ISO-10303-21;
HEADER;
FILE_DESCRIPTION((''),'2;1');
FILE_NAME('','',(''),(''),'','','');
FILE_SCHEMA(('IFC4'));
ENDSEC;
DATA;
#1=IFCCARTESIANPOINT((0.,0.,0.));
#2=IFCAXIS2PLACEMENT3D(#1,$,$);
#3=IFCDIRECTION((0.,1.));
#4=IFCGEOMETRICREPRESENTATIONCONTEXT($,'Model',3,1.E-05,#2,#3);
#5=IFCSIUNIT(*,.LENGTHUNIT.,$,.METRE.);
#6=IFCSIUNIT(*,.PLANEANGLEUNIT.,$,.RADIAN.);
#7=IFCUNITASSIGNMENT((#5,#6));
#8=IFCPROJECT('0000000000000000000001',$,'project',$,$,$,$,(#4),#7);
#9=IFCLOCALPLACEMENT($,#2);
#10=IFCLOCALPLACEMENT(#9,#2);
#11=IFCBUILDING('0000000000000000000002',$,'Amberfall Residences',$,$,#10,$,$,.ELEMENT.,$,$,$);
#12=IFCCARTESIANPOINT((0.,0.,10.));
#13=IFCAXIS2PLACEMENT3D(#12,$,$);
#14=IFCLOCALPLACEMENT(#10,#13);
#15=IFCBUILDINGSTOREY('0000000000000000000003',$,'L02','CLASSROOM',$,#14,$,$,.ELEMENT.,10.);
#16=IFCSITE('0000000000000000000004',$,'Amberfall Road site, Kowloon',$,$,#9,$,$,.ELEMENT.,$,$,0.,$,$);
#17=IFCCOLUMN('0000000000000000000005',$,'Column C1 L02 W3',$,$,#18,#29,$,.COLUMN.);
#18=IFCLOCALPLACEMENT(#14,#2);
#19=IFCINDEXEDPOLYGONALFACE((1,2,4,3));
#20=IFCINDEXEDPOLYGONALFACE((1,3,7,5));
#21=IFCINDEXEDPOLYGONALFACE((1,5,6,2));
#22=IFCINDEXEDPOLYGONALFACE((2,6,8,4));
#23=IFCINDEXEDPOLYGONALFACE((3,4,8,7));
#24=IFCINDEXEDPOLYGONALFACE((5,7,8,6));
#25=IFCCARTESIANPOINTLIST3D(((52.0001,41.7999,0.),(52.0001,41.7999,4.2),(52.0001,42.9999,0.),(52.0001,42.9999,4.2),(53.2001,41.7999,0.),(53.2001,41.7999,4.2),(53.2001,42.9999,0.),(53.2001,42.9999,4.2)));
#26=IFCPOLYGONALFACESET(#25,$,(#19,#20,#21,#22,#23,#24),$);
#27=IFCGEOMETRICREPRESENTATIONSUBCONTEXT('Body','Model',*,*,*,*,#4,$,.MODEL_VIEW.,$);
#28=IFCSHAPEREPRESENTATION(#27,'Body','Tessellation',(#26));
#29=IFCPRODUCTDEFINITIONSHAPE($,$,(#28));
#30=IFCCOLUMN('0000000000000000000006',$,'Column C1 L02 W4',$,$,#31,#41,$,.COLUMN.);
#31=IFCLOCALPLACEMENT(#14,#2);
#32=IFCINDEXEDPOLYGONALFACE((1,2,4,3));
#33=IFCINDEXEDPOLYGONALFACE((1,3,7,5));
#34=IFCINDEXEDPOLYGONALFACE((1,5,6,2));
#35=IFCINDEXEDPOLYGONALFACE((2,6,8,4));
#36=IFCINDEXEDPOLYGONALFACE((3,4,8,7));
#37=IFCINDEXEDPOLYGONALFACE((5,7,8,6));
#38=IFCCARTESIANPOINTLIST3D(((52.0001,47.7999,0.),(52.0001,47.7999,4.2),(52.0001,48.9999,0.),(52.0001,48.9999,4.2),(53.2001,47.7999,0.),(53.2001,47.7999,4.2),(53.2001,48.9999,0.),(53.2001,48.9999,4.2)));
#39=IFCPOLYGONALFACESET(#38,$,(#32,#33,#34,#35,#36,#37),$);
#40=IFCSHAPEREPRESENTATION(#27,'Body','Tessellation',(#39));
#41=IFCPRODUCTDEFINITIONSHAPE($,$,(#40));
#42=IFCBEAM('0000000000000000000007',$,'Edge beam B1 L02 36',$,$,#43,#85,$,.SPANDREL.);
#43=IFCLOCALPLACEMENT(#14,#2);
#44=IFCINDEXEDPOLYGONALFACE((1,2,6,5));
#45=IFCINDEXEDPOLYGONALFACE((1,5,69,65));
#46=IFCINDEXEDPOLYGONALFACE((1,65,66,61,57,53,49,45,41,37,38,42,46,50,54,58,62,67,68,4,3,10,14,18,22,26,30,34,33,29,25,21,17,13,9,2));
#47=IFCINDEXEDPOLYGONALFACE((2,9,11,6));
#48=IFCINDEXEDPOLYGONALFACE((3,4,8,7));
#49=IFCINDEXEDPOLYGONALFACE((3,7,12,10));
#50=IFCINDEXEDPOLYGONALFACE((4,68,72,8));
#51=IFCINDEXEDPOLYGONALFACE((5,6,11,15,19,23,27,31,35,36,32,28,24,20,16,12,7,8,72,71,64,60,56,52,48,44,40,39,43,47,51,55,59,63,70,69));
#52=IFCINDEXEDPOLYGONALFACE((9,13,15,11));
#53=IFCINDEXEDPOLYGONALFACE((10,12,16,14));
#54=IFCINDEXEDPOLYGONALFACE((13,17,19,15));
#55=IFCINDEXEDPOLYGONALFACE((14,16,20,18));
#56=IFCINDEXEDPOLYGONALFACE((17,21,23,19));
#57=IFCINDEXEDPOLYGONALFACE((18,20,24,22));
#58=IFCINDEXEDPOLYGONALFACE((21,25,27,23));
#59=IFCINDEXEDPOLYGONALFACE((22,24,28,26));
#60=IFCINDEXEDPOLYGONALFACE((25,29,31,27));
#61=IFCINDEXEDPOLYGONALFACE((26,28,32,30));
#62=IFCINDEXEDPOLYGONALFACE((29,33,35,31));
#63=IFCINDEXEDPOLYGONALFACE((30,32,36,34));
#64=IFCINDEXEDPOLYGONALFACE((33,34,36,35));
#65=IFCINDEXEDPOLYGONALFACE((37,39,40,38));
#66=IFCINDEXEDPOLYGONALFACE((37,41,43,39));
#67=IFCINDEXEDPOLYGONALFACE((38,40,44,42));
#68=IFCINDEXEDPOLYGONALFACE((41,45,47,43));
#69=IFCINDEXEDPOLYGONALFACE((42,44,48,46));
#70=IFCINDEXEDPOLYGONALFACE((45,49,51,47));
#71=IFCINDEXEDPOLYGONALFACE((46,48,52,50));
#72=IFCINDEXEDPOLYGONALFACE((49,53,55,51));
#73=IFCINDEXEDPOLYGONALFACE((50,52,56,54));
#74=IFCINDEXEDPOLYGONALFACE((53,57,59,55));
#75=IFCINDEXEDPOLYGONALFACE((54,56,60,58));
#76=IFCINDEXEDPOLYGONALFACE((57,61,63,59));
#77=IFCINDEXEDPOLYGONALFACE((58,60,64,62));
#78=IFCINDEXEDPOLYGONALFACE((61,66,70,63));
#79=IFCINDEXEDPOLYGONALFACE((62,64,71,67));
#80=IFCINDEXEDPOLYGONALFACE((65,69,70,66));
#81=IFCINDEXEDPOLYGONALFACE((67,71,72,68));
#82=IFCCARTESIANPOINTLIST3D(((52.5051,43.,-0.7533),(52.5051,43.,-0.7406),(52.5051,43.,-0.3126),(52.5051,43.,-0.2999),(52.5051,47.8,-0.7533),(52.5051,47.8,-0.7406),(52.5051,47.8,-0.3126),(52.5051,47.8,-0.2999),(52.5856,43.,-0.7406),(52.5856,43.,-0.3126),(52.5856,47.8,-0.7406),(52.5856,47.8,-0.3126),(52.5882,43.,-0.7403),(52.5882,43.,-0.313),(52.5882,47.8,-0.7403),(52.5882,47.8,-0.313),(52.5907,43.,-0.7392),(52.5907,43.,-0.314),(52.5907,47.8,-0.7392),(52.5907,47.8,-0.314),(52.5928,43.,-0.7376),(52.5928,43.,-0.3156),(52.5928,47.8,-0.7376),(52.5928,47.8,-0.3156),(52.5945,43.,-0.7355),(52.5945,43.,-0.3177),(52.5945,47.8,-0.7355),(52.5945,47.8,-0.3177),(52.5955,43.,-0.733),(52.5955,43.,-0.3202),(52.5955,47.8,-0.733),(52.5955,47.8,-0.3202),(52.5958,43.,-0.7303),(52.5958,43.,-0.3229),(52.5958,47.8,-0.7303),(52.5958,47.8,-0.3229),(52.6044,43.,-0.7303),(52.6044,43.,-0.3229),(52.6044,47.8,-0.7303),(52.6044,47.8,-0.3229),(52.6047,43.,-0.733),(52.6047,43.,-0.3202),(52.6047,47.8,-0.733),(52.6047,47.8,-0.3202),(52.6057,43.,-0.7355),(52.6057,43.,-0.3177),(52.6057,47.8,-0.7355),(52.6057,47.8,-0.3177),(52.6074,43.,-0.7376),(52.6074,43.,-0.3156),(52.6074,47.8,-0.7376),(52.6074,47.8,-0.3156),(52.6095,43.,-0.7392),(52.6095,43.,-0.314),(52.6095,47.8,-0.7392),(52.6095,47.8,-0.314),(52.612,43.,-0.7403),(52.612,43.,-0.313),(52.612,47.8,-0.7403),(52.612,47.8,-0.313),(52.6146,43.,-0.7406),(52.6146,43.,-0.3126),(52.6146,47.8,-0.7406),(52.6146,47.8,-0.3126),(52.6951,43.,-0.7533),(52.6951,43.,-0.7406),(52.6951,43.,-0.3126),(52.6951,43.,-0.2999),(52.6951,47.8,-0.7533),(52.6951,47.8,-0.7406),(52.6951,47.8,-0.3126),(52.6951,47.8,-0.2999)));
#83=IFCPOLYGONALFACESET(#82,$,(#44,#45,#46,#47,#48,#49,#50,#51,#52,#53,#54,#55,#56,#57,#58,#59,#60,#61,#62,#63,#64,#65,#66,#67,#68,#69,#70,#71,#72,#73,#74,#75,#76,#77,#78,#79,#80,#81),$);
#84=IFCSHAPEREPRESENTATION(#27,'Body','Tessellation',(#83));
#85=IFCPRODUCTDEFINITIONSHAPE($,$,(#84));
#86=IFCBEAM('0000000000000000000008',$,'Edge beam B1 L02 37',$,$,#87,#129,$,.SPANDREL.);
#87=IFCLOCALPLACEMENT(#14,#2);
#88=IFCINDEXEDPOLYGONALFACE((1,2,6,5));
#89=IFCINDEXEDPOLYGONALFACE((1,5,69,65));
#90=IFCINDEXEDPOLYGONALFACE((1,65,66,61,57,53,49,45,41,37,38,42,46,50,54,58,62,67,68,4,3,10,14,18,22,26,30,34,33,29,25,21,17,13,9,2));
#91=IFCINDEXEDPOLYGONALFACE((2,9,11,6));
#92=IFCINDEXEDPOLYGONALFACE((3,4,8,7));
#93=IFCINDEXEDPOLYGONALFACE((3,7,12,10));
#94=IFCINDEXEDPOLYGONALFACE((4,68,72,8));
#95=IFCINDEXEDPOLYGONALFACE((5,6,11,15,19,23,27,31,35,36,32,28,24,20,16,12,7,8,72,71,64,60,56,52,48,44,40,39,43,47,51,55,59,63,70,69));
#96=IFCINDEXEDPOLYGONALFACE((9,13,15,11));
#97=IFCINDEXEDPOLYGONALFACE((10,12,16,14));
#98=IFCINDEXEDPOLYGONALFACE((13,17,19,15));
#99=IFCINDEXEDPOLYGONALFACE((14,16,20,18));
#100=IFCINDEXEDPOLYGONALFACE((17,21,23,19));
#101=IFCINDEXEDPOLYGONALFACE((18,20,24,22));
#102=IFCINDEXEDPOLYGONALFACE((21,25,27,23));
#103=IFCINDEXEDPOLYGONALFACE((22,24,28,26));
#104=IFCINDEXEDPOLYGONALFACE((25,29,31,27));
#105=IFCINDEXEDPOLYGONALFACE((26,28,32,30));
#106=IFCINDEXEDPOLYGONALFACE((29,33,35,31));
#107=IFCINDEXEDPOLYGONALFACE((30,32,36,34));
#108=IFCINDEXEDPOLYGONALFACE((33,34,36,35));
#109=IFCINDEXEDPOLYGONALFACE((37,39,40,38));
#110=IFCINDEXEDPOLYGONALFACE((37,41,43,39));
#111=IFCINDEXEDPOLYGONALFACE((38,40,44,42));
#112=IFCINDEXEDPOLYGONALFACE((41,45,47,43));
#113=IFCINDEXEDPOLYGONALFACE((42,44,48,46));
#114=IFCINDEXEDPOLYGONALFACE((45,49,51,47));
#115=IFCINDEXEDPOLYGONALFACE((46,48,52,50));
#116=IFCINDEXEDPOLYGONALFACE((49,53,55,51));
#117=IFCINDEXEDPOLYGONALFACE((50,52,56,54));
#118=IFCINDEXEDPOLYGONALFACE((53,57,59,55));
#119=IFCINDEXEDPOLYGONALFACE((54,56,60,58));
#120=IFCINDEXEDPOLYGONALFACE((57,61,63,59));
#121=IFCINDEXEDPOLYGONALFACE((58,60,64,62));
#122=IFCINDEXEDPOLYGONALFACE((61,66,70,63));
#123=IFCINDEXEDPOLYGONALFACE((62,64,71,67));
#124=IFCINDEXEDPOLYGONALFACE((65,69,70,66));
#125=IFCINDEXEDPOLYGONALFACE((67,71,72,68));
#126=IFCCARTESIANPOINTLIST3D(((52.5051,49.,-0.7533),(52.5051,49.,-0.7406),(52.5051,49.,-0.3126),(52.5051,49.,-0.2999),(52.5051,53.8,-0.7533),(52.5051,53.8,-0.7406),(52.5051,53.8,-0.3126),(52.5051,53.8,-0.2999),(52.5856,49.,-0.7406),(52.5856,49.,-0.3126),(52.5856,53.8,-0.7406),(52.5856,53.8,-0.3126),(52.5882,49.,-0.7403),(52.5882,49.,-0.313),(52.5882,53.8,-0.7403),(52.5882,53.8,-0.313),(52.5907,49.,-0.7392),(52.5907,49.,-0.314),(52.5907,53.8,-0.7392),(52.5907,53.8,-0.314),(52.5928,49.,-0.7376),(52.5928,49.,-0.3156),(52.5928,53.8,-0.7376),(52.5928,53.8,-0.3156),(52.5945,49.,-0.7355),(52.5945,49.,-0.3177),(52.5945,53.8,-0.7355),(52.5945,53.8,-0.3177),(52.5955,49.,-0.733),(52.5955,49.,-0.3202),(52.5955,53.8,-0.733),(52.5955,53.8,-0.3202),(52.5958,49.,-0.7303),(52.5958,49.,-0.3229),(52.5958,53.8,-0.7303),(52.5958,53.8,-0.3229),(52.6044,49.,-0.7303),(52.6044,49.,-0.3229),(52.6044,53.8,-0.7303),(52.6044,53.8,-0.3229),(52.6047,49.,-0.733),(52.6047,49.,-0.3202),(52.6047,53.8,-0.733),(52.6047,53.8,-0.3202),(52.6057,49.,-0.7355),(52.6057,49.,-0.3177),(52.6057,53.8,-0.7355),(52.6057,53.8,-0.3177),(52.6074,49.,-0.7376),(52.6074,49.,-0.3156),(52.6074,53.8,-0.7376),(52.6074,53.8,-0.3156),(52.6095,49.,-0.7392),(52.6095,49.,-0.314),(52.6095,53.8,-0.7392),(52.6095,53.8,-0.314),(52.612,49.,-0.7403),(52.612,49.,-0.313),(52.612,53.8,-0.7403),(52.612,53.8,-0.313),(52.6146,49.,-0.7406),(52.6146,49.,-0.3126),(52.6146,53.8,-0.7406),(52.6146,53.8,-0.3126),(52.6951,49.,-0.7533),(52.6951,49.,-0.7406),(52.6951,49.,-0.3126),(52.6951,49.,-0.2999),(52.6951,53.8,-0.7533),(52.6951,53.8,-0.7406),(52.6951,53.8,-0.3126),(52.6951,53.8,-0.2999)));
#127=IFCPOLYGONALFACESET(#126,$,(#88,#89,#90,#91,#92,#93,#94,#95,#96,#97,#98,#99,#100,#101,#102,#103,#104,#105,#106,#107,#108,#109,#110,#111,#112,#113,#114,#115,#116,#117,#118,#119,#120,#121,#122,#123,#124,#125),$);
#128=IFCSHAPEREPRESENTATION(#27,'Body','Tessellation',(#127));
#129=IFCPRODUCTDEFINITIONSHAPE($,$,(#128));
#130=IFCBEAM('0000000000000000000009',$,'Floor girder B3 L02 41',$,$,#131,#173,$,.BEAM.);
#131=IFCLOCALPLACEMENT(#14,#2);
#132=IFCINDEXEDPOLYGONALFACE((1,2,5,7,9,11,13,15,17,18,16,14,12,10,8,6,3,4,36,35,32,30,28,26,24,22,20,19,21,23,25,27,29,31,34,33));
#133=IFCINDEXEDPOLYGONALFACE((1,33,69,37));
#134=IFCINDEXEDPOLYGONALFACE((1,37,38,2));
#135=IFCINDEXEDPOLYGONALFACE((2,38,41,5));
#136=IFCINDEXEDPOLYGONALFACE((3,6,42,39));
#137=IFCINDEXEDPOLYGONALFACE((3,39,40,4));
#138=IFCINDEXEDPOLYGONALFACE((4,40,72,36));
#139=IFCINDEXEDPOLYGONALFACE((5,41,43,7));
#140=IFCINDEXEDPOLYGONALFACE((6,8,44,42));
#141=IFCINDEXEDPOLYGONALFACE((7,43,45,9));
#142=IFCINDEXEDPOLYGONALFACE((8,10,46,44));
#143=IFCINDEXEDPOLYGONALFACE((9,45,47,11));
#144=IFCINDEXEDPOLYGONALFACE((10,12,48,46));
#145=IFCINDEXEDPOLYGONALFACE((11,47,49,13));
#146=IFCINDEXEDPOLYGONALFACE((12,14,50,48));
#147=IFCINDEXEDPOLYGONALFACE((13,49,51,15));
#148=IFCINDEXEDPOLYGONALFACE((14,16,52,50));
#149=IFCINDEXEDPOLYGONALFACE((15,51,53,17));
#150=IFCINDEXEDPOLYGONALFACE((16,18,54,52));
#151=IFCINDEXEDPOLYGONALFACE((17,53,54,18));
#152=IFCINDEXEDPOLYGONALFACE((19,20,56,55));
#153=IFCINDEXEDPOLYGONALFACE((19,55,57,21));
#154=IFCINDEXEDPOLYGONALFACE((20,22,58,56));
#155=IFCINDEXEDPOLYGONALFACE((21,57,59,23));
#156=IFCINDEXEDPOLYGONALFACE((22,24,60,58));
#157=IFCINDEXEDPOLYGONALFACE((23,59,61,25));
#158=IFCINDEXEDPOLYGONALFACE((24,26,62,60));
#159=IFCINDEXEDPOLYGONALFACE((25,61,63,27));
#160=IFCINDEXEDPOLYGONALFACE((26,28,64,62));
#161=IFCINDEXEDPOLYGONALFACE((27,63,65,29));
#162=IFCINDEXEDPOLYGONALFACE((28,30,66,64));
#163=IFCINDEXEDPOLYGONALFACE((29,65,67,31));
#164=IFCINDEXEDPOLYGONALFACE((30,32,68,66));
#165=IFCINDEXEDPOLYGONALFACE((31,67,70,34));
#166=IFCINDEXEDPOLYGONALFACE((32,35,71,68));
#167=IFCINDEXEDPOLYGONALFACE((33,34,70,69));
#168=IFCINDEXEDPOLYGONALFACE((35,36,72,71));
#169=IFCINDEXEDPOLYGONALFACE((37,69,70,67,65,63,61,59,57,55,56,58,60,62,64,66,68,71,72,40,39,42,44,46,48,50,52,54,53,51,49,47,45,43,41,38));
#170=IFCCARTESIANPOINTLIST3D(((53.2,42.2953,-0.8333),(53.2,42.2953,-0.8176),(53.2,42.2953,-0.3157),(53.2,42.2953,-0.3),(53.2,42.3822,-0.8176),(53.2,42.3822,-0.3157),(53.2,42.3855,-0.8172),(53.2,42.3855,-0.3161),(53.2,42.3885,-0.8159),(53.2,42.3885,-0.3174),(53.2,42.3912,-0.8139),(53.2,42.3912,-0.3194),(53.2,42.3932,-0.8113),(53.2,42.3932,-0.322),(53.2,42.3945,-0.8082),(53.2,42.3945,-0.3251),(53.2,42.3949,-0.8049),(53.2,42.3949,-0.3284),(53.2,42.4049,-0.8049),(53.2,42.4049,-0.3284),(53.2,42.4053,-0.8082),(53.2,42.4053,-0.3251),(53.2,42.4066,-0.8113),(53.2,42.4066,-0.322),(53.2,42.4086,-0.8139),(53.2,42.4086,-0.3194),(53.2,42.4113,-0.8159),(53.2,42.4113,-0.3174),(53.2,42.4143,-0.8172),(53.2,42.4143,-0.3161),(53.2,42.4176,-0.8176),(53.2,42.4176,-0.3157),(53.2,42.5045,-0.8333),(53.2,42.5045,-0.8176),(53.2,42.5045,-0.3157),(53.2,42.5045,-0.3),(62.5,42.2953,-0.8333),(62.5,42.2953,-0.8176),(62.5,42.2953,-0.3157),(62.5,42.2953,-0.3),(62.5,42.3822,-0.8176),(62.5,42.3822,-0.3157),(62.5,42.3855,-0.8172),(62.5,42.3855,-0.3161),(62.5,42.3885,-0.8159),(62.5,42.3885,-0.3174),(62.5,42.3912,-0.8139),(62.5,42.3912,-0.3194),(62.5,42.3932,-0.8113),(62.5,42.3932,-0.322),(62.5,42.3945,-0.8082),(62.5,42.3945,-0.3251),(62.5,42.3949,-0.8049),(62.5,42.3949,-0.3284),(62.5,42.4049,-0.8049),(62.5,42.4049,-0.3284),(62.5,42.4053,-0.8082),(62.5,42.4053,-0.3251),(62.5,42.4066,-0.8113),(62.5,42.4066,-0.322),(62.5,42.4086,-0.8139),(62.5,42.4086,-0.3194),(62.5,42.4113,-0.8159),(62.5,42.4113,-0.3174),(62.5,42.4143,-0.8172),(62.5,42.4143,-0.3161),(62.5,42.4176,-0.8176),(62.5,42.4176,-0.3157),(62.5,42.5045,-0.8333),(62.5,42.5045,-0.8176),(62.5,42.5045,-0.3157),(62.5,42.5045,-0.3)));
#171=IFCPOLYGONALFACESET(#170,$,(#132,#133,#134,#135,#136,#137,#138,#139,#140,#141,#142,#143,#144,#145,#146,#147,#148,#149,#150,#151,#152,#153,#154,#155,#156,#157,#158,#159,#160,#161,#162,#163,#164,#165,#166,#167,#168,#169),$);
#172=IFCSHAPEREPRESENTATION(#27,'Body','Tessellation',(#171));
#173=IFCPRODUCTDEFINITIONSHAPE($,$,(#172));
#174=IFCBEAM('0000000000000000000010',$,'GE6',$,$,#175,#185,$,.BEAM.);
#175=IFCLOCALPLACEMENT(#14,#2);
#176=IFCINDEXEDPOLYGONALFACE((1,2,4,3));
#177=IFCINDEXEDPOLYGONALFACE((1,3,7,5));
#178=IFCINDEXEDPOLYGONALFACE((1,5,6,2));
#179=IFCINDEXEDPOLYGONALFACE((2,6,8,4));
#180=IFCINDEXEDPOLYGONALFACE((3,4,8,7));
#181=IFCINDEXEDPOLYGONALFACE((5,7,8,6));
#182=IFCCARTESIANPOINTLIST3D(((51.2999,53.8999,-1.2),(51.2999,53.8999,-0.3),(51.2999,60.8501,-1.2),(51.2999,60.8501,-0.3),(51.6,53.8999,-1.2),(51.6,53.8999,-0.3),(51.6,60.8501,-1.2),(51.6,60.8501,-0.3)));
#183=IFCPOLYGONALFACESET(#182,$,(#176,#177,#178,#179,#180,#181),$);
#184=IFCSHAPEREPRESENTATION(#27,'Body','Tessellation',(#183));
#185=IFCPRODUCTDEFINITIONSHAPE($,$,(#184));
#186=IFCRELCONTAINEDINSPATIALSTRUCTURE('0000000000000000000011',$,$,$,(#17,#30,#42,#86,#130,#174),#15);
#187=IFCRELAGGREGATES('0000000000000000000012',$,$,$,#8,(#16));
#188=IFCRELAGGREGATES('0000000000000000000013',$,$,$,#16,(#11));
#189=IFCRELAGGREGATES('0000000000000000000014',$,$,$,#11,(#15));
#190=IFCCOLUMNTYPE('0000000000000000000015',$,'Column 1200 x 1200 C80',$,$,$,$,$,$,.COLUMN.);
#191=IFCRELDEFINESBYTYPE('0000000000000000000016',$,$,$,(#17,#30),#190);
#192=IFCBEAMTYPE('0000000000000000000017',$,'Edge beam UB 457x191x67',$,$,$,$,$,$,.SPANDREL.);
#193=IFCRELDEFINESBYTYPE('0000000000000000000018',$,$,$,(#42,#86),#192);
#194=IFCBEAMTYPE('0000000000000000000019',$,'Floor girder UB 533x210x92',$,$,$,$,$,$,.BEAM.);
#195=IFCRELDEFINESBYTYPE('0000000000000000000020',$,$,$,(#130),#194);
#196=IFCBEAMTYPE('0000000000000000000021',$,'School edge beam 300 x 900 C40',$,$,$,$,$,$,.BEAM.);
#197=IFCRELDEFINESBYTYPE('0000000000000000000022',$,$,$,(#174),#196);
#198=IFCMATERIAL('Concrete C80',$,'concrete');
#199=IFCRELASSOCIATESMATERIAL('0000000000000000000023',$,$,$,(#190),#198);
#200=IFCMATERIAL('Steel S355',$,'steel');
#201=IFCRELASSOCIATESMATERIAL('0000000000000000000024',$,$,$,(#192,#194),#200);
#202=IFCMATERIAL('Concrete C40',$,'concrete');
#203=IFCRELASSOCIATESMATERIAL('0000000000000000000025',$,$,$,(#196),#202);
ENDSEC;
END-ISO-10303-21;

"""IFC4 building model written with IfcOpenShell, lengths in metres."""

from ifc_helpers import new_model, si_unit, direction, frame, origin, origin_2d, place, context, subcontext, project, spatial, rectangle, i_section, extrude, material, material_profile, profile_set, type_object, element, save


model = new_model("IFC4")

# Units and contexts
model_context = context("Model", 3, precision=1e-05, world=origin(), true_north=direction((0.0, 1.0)))
body_context = subcontext(model_context, "Body", "Model", "MODEL_VIEW")
ifc_project = project(units=[si_unit("LENGTHUNIT", "METRE"), si_unit("PLANEANGLEUNIT", "RADIAN")], contexts=[model_context])

# Site, building, storey
site_placement = place(None, origin())
site = spatial("IfcSite", under=ifc_project, at=site_placement, Name="Amberfall Road site, Kowloon", CompositionType="ELEMENT", RefElevation=0.0)
building_placement = place(site_placement, origin())
building = spatial("IfcBuilding", under=site, at=building_placement, Name="Amberfall Residences", CompositionType="ELEMENT")
storey_placement = place(building_placement, frame((0.0, 0.0, 10.0)))
storey = spatial("IfcBuildingStorey", under=building, at=storey_placement, Name="L02", Description="CLASSROOM", CompositionType="ELEMENT", Elevation=10.0)

# Columns
ifc_material_1 = material(Name="Concrete C80", Category="concrete")
ifc_material_profile_1 = material_profile(ifc_material_1, rectangle(XDim=1.2, YDim=1.2, at=origin_2d()), Name="Column 1200 x 1200 C80")
ifc_profile_set_1 = profile_set([ifc_material_profile_1], Name="Concrete C80")
column_type = type_object("IfcColumnType", Name="Column 1200 x 1200 C80", PredefinedType="COLUMN", material=ifc_profile_set_1)
for number, where, z_axis, x_axis, name in (
    (1, (52.6001, 42.3999, 0.0), (0.0, 0.0, 1.0), (1.0, 0.0, 0.0), "Column C1 L02 W3"),
    (2, (52.6001, 48.3999, 0.0), (0.0, 0.0, 1.0), (1.0, 0.0, 0.0), "Column C1 L02 W4"),
):
    element("IfcColumn", number, at=place(storey_placement, frame(where, z_axis=z_axis, x_axis=x_axis)), inside=storey, type_object=column_type, Name=name, PredefinedType="COLUMN", context=body_context, shape_type="SweptSolid", body=[
        extrude(rectangle(XDim=1.2, YDim=1.2, at=origin_2d()), origin(), (0.0, 0.0, 1.0), 4.2),
    ])

# Beams
ifc_material_2 = material(Name="Steel S355", Category="steel")
ifc_material_profile_2 = material_profile(ifc_material_2, i_section(OverallWidth=0.1899, OverallDepth=0.4534, WebThickness=0.0085, FlangeThickness=0.0127, FilletRadius=0.0103, at=origin_2d()), Name="UB 457x191x67")
ifc_profile_set_2 = profile_set([ifc_material_profile_2], Name="Steel S355")
beam_type_1 = type_object("IfcBeamType", Name="Edge beam UB 457x191x67", PredefinedType="SPANDREL", material=ifc_profile_set_2)
for number, where, z_axis, x_axis, name in (
    (3, (52.6001, 43.0, -0.5266), (0.0, 1.0, 0.0), (-1.0, 0.0, 0.0), "Edge beam B1 L02 36"),
    (4, (52.6001, 49.0, -0.5266), (0.0, 1.0, 0.0), (-1.0, 0.0, 0.0), "Edge beam B1 L02 37"),
):
    element("IfcBeam", number, at=place(storey_placement, frame(where, z_axis=z_axis, x_axis=x_axis)), inside=storey, type_object=beam_type_1, Name=name, PredefinedType="SPANDREL", context=body_context, shape_type="SweptSolid", body=[
        extrude(i_section(OverallWidth=0.1899, OverallDepth=0.4534, WebThickness=0.0085, FlangeThickness=0.0127, FilletRadius=0.0103, at=origin_2d()), origin(), (0.0, 0.0, 1.0), 4.8),
    ])
ifc_material_profile_3 = material_profile(ifc_material_2, i_section(OverallWidth=0.2092, OverallDepth=0.5332, WebThickness=0.01, FlangeThickness=0.0156, FilletRadius=0.0127, at=origin_2d()), Name="UB 533x210x92")
ifc_profile_set_3 = profile_set([ifc_material_profile_3], Name="Steel S355")
beam_type_2 = type_object("IfcBeamType", Name="Floor girder UB 533x210x92", PredefinedType="BEAM", material=ifc_profile_set_3)
beam_1_placement = place(storey_placement, frame((53.2, 42.3999, -0.5667), z_axis=(1.0, 0.0, 0.0), x_axis=(0.0, 1.0, 0.0)))
element("IfcBeam", 5, at=beam_1_placement, inside=storey, type_object=beam_type_2, Name="Floor girder B3 L02 41", PredefinedType="BEAM", context=body_context, shape_type="SweptSolid", body=[
    extrude(i_section(OverallWidth=0.2092, OverallDepth=0.5332, WebThickness=0.01, FlangeThickness=0.0156, FilletRadius=0.0127, at=origin_2d()), origin(), (0.0, 0.0, 1.0), 9.3),
])
ifc_material_3 = material(Name="Concrete C40", Category="concrete")
ifc_material_profile_4 = material_profile(ifc_material_3, rectangle(XDim=0.3, YDim=0.8999, at=origin_2d()), Name="School edge beam 300 x 900 C40")
ifc_profile_set_4 = profile_set([ifc_material_profile_4], Name="Concrete C40")
beam_type_3 = type_object("IfcBeamType", Name="School edge beam 300 x 900 C40", PredefinedType="BEAM", material=ifc_profile_set_4)
beam_2_placement = place(storey_placement, frame((51.45, 53.8999, -0.75), z_axis=(0.0, 1.0, 0.0), x_axis=(-1.0, 0.0, 0.0)))
element("IfcBeam", 6, at=beam_2_placement, inside=storey, type_object=beam_type_3, Name="GE6", PredefinedType="BEAM", context=body_context, shape_type="SweptSolid", body=[
    extrude(rectangle(XDim=0.3, YDim=0.8999, at=origin_2d()), origin(), (0.0, 0.0, 1.0), 6.9502),
])

save(model, "model.ifc")
